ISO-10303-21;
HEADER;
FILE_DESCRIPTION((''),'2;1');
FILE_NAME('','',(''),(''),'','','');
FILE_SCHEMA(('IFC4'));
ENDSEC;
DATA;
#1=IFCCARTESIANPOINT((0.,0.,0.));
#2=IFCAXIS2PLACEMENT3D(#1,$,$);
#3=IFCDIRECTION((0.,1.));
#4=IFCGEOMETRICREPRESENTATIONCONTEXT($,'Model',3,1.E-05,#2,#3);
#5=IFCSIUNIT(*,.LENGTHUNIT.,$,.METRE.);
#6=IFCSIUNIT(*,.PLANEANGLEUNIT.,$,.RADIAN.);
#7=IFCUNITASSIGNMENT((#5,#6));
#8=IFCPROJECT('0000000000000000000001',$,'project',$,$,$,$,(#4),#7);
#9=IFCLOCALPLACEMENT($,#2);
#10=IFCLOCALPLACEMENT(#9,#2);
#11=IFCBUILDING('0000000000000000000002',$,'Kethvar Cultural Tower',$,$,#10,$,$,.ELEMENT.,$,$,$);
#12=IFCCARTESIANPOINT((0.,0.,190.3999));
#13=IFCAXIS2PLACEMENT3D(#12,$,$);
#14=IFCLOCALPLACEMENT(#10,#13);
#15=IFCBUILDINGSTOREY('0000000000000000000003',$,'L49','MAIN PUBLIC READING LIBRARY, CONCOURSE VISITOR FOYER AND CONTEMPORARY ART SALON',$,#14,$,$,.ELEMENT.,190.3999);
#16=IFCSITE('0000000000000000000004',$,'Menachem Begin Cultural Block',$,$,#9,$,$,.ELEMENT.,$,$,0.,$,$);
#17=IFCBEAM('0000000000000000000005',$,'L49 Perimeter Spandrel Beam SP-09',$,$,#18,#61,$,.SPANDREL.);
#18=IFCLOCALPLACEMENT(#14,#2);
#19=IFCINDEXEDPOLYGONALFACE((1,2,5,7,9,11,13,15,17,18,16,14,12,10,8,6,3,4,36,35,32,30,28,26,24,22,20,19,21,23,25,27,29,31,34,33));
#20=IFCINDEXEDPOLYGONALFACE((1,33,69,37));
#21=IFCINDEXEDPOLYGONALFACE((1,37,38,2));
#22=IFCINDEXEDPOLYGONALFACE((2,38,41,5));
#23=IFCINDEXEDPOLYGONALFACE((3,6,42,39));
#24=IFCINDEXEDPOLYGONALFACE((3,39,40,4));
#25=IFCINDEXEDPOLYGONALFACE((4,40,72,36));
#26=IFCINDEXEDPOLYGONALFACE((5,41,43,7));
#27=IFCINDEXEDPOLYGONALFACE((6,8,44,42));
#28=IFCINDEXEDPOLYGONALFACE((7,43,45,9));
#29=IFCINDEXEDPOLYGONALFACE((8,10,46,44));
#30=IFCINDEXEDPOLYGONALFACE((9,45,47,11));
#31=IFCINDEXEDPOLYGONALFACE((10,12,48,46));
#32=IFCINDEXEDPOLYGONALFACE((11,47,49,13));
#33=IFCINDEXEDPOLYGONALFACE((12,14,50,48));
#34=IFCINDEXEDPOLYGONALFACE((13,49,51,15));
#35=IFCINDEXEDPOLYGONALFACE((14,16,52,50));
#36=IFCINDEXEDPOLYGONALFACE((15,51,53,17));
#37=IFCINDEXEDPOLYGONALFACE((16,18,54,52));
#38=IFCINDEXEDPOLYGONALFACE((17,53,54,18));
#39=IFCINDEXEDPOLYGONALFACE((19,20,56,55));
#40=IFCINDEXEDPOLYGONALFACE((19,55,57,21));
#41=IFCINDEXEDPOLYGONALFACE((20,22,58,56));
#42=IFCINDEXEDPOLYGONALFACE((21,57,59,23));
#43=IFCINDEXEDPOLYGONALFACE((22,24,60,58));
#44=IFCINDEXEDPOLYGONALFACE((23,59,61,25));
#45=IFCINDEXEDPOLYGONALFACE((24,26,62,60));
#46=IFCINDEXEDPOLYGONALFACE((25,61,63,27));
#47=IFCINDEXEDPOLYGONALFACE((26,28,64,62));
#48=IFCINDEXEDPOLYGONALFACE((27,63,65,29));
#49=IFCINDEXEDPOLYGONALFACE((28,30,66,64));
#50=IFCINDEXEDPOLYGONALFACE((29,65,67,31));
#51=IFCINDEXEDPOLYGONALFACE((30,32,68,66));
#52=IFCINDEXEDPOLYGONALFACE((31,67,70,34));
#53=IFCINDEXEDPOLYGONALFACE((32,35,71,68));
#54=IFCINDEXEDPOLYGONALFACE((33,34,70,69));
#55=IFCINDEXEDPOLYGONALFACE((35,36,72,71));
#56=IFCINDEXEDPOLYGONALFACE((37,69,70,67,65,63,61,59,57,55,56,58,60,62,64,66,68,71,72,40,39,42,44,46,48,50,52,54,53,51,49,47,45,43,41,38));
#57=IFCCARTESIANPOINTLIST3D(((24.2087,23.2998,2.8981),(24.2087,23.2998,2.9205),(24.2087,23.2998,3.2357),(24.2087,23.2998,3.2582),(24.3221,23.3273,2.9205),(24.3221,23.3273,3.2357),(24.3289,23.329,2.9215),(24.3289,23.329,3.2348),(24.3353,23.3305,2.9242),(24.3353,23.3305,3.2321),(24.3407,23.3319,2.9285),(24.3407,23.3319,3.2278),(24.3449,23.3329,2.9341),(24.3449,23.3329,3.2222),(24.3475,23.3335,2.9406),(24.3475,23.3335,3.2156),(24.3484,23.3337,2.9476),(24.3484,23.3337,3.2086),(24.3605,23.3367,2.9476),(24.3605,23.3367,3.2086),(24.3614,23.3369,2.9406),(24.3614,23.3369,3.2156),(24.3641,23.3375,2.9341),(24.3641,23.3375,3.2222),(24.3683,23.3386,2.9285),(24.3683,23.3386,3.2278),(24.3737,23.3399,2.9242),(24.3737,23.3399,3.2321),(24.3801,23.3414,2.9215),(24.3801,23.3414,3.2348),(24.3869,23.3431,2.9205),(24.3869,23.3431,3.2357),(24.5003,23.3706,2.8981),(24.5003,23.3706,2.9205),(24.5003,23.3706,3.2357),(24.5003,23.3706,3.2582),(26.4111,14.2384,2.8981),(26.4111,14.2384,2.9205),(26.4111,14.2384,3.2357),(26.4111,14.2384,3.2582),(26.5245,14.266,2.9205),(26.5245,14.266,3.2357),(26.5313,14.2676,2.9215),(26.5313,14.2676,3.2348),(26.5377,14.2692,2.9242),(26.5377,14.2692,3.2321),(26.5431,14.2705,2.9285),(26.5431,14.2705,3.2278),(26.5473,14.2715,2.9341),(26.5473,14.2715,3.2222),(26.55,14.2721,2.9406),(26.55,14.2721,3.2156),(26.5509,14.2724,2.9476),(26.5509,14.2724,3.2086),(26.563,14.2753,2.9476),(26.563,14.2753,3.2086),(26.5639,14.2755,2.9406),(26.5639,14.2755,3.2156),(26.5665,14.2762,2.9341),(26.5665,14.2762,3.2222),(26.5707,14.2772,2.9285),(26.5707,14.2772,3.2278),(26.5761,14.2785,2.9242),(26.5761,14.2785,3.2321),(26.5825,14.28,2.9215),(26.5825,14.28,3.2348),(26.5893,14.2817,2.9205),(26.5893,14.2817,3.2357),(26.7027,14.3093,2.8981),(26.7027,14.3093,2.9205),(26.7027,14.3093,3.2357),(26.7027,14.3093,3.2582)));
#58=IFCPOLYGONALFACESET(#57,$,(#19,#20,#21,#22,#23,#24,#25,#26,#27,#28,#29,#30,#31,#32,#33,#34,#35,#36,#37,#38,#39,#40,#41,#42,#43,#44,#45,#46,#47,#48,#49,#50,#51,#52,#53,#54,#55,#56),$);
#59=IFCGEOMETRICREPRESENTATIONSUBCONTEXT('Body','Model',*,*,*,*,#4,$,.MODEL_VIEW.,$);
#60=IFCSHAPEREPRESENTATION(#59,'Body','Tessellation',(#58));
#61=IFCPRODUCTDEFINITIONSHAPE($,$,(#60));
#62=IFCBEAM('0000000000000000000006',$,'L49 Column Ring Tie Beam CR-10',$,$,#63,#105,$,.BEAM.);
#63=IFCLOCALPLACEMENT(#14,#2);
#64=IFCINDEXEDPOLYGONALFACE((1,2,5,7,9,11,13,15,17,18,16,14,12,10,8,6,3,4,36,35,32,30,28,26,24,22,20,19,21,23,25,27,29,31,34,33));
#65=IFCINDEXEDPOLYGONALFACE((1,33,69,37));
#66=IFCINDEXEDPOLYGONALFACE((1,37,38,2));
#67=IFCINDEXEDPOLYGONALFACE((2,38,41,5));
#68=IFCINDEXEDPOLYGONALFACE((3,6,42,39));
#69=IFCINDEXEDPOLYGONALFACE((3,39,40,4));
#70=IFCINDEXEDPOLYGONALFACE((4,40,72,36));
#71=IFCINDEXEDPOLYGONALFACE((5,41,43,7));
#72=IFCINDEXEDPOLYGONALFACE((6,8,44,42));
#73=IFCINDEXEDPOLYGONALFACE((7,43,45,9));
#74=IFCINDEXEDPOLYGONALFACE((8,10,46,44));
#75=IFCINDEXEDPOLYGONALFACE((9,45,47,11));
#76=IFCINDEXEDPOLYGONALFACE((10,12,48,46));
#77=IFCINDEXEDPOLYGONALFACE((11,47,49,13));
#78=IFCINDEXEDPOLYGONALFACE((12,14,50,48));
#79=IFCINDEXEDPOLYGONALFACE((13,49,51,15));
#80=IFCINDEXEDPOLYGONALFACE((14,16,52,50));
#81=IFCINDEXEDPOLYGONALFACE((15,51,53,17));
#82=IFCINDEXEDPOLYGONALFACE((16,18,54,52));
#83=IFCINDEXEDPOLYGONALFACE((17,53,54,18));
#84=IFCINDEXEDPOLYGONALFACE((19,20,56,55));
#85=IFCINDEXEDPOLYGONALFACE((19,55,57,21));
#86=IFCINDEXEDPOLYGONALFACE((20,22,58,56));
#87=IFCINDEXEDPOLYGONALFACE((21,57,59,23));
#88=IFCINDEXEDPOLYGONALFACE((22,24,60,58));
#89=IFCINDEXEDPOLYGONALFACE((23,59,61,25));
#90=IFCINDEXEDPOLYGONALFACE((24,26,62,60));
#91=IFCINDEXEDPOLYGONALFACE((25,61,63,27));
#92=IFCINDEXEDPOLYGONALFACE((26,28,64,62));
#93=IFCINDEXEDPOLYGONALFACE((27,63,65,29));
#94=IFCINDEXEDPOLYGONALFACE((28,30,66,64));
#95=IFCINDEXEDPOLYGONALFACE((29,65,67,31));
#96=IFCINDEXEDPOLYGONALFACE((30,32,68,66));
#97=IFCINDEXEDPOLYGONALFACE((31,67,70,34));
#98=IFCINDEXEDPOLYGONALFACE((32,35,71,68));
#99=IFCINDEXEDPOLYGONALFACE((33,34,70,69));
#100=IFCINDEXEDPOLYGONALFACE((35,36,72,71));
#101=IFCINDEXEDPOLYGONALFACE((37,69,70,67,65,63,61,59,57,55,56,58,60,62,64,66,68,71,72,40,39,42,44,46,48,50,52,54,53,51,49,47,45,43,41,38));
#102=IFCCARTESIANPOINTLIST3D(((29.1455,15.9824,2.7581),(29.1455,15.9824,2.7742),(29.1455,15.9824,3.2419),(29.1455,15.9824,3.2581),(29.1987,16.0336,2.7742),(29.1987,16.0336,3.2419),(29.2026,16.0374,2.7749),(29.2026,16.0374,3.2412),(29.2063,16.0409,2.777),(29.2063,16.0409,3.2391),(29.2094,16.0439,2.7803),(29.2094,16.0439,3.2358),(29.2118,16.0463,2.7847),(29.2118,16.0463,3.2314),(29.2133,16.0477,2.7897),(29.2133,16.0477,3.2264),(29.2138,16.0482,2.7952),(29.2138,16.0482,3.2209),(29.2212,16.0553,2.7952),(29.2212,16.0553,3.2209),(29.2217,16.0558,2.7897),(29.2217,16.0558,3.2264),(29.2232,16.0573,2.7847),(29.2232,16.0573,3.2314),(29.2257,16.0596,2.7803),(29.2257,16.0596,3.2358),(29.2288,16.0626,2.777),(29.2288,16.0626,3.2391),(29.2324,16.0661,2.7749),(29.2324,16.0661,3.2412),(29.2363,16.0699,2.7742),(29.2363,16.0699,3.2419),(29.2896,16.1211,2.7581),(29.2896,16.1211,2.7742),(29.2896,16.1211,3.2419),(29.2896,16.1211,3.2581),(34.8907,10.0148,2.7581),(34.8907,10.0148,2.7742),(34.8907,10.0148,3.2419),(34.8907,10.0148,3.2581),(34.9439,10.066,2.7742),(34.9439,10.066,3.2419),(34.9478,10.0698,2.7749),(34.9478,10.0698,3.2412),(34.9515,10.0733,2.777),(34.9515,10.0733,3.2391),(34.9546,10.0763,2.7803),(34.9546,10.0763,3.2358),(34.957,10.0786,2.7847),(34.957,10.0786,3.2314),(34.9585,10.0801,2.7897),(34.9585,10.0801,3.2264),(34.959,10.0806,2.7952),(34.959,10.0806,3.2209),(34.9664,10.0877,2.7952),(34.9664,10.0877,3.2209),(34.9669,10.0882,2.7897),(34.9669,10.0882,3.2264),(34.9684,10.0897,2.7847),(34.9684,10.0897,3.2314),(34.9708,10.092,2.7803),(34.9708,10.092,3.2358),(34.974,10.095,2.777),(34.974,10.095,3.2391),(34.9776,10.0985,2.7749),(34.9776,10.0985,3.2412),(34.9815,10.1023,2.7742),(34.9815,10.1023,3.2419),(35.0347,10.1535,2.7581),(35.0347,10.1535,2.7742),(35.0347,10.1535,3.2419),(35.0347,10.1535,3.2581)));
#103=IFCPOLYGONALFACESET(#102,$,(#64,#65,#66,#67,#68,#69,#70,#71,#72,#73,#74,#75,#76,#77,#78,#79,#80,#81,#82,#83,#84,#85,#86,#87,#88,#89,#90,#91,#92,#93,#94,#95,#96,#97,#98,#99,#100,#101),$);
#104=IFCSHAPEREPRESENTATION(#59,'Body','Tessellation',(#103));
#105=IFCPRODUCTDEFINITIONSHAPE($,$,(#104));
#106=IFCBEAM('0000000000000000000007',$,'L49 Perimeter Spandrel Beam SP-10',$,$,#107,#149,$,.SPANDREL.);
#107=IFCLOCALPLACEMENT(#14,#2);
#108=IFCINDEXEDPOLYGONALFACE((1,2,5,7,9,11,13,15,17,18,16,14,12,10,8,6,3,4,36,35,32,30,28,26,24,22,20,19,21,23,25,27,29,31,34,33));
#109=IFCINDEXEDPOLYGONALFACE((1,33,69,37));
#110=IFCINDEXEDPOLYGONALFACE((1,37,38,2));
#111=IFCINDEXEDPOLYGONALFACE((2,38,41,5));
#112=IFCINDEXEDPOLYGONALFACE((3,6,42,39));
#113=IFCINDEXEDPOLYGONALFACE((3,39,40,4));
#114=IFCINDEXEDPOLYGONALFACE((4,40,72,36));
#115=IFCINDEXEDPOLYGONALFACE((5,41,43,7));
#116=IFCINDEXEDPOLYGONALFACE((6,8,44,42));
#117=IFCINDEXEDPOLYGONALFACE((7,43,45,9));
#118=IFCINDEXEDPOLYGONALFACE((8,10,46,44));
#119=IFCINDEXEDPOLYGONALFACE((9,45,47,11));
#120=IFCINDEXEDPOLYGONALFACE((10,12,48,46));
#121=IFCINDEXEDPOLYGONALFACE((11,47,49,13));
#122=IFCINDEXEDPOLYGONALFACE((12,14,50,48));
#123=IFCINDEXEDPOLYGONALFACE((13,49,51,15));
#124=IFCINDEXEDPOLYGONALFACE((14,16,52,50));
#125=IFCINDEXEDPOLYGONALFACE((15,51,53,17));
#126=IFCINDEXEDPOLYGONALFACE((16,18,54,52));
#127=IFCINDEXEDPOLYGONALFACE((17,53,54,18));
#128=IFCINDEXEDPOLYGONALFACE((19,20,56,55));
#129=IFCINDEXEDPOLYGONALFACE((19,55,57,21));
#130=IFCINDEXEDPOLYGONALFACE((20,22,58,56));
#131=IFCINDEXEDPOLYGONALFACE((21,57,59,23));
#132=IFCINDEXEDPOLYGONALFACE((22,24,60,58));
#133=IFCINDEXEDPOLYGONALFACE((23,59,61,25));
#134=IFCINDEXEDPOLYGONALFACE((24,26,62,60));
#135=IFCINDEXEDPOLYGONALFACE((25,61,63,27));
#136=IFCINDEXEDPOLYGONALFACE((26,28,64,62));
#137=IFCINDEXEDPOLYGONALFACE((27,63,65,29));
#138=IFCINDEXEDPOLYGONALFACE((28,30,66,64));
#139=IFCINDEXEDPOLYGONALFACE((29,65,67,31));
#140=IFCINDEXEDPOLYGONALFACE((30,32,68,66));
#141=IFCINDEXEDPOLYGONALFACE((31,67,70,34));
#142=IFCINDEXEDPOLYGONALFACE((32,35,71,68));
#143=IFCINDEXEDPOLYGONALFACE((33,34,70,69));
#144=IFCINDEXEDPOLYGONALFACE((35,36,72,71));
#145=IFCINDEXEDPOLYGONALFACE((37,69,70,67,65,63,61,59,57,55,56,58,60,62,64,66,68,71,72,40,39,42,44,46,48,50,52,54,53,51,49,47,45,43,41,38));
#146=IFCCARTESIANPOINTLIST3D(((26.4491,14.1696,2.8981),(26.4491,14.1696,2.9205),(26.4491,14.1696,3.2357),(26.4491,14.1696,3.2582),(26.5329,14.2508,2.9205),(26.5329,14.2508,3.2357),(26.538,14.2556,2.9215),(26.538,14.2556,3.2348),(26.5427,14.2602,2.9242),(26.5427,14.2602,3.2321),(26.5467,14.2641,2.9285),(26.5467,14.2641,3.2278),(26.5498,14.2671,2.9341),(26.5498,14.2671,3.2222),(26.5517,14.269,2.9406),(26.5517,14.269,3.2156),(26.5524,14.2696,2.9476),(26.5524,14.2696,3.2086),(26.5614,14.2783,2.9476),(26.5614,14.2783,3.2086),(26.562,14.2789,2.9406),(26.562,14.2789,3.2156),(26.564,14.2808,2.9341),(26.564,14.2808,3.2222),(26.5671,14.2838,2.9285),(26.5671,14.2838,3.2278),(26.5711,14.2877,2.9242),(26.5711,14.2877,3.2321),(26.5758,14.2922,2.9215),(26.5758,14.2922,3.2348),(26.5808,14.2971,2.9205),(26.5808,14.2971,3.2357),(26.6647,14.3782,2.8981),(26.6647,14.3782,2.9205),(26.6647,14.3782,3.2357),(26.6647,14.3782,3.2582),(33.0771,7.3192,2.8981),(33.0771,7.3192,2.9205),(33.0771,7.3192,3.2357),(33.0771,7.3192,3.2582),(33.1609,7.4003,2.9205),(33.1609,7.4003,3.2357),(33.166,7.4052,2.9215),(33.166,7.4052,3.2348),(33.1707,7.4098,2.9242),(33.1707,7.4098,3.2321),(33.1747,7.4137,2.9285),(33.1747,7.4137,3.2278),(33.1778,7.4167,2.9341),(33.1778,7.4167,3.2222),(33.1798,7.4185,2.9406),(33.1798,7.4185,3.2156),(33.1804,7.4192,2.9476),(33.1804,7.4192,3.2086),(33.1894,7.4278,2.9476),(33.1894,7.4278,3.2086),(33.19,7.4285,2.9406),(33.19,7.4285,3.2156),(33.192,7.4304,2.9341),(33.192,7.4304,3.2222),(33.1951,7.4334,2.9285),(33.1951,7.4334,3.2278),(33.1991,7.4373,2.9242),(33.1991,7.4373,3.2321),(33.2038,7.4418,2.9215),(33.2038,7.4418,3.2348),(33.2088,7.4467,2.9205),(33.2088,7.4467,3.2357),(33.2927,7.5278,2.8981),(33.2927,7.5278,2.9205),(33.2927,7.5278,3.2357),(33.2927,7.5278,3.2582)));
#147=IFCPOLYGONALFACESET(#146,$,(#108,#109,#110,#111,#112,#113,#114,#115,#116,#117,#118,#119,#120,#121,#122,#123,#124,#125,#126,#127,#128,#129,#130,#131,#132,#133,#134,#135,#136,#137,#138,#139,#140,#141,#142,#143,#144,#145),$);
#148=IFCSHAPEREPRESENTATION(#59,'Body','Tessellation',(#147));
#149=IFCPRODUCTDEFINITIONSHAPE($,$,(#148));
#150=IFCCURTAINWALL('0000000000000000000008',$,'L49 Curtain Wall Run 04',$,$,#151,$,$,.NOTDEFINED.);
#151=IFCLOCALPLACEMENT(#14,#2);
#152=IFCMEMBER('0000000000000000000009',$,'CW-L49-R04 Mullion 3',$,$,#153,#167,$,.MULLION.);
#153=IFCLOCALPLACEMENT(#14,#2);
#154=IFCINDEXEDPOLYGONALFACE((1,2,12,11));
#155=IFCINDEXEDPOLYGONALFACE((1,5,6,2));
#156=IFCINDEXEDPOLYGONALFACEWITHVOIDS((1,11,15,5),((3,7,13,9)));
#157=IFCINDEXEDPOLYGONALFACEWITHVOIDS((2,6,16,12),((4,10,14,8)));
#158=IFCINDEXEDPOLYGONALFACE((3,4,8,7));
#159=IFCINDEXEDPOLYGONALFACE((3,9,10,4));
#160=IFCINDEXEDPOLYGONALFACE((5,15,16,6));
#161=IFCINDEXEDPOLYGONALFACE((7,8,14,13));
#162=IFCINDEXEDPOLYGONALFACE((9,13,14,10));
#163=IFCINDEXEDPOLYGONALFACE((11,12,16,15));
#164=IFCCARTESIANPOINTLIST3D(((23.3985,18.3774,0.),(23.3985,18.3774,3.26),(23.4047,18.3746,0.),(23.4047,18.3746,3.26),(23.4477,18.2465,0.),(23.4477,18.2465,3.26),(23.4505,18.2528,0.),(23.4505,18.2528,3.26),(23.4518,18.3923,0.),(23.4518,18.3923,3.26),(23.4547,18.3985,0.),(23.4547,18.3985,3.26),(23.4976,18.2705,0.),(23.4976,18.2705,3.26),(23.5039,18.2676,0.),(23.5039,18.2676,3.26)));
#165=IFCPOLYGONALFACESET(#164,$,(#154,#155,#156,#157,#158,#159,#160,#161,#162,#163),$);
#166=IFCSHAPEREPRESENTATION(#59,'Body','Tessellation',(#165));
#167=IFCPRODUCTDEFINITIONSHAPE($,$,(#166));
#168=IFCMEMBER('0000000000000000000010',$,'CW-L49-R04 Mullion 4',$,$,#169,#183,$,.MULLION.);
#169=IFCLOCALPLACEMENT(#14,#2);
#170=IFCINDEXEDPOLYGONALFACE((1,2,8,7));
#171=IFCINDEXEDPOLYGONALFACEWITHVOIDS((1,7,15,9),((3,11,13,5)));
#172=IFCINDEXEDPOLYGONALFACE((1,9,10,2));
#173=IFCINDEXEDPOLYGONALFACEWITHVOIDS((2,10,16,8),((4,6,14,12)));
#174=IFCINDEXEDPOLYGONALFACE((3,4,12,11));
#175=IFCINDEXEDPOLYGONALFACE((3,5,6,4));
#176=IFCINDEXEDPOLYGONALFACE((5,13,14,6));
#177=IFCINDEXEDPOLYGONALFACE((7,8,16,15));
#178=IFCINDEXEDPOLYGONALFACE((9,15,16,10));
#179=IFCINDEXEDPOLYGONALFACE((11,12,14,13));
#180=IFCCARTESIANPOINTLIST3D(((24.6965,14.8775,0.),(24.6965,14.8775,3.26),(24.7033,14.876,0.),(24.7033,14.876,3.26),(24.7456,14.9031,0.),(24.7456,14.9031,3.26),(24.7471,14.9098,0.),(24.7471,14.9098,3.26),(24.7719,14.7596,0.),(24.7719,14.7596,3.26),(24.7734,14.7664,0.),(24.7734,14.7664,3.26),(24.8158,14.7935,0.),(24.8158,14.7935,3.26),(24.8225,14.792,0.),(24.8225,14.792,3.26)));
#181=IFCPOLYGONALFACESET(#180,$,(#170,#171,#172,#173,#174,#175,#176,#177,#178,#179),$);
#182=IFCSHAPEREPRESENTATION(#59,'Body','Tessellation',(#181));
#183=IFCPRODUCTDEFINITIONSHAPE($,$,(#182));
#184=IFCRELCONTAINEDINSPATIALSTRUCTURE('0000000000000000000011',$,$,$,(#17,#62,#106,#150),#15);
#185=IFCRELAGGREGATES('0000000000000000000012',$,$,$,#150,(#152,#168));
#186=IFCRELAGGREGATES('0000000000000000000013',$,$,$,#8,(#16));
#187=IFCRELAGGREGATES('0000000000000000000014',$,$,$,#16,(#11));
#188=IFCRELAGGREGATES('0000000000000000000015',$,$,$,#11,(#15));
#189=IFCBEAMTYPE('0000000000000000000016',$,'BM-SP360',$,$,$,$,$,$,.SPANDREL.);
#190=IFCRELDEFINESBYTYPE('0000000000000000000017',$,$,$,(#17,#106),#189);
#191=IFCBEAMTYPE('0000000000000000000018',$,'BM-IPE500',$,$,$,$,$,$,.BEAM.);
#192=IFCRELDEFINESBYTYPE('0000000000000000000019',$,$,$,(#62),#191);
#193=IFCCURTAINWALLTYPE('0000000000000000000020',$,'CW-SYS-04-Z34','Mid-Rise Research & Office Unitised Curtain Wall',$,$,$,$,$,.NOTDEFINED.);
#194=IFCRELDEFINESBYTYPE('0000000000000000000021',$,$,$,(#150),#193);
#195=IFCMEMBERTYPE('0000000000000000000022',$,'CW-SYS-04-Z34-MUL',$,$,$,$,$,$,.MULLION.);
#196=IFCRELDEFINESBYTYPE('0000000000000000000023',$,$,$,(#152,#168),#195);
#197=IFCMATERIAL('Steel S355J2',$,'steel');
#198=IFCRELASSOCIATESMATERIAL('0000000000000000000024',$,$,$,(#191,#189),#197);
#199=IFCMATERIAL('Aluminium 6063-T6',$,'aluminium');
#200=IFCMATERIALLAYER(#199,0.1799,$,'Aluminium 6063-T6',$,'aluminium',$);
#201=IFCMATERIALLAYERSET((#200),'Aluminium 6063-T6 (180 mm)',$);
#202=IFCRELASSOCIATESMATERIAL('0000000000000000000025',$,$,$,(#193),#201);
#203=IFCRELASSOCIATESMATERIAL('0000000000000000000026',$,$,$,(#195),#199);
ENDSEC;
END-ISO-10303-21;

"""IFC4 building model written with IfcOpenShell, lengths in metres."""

from ifc_helpers import new_model, si_unit, direction, frame, origin, origin_2d, place, context, subcontext, project, spatial, hollow_rectangle, i_section, extrude, source, transform, mapped, material, layer, layer_set, material_profile, profile_set, type_object, element, aggregate, save


model = new_model("IFC4")

# Units and contexts
model_context = context("Model", 3, precision=1e-05, world=origin(), true_north=direction((0.0, 1.0)))
body_context = subcontext(model_context, "Body", "Model", "MODEL_VIEW")
ifc_project = project(units=[si_unit("LENGTHUNIT", "METRE"), si_unit("PLANEANGLEUNIT", "RADIAN")], contexts=[model_context])

# Site, building, storey
site_placement = place(None, origin())
site = spatial("IfcSite", under=ifc_project, at=site_placement, Name="Menachem Begin Cultural Block", CompositionType="ELEMENT", RefElevation=0.0)
building_placement = place(site_placement, origin())
building = spatial("IfcBuilding", under=site, at=building_placement, Name="Kethvar Cultural Tower", CompositionType="ELEMENT")
storey_placement = place(building_placement, frame((0.0, 0.0, 190.3999)))
storey = spatial("IfcBuildingStorey", under=building, at=storey_placement, Name="L49", Description="MAIN PUBLIC READING LIBRARY, CONCOURSE VISITOR FOYER AND CONTEMPORARY ART SALON", CompositionType="ELEMENT", Elevation=190.3999)

# Beams
ifc_material_1 = material(Name="Steel S355J2", Category="steel")
ifc_material_profile_1 = material_profile(ifc_material_1, i_section(OverallWidth=0.2, OverallDepth=0.5, WebThickness=0.0103, FlangeThickness=0.0161, FilletRadius=0.021, at=origin_2d()), Name="Steel S355J2 — IPE500")
ifc_profile_set_1 = profile_set([ifc_material_profile_1], Name="Steel S355J2 — IPE500")
beam_type_1 = type_object("IfcBeamType", Name="BM-IPE500", PredefinedType="BEAM", material=ifc_profile_set_1)
ifc_material_profile_2 = material_profile(ifc_material_1, i_section(OverallWidth=0.3, OverallDepth=0.3601, WebThickness=0.0125, FlangeThickness=0.0225, FilletRadius=0.0271, at=origin_2d()), Name="Steel S355J2 — HEB360")
ifc_profile_set_2 = profile_set([ifc_material_profile_2], Name="Steel S355J2 — HEB360")
beam_type_2 = type_object("IfcBeamType", Name="BM-SP360", PredefinedType="SPANDREL", material=ifc_profile_set_2)
shared_shape_1 = source(origin(), body_context, "Body", "SweptSolid", [
    extrude(i_section(OverallWidth=0.3, OverallDepth=0.3601, WebThickness=0.0125, FlangeThickness=0.0225, FilletRadius=0.0271, at=origin_2d()), origin(), (0.0, 0.0, 1.0), 9.3252),
])
beam_1_placement = place(storey_placement, frame((24.3545, 23.3352, 3.0781), z_axis=(0.236179, -0.97171, 0.0), x_axis=(0.97171, 0.236179, 0.0)))
element("IfcBeam", 1, at=beam_1_placement, inside=storey, type_object=beam_type_2, Name="L49 Perimeter Spandrel Beam SP-09", PredefinedType="SPANDREL", context=body_context, shape_type="MappedRepresentation", body=[
    mapped(shared_shape_1, transform((0.0, 0.0, 0.0), scale=1.0)),
])
shared_shape_2 = source(origin(), body_context, "Body", "SweptSolid", [
    extrude(i_section(OverallWidth=0.2, OverallDepth=0.5, WebThickness=0.0103, FlangeThickness=0.0161, FilletRadius=0.021, at=origin_2d()), origin(), (0.0, 0.0, 1.0), 8.2837),
])
beam_2_placement = place(storey_placement, frame((29.2175, 16.0518, 3.0081), z_axis=(0.693554, -0.720404, 0.0), x_axis=(0.720404, 0.693554, 0.0)))
element("IfcBeam", 2, at=beam_2_placement, inside=storey, type_object=beam_type_1, Name="L49 Column Ring Tie Beam CR-10", PredefinedType="BEAM", context=body_context, shape_type="MappedRepresentation", body=[
    mapped(shared_shape_2, transform((0.0, 0.0, 0.0), scale=1.0)),
])
shared_shape_3 = source(origin(), body_context, "Body", "SweptSolid", [
    extrude(i_section(OverallWidth=0.3, OverallDepth=0.3601, WebThickness=0.0125, FlangeThickness=0.0225, FilletRadius=0.0271, at=origin_2d()), origin(), (0.0, 0.0, 1.0), 9.532),
])
beam_3_placement = place(storey_placement, frame((26.5569, 14.2739, 3.0781), z_axis=(0.695344, -0.718677, 0.0), x_axis=(0.718677, 0.695344, 0.0)))
element("IfcBeam", 3, at=beam_3_placement, inside=storey, type_object=beam_type_2, Name="L49 Perimeter Spandrel Beam SP-10", PredefinedType="SPANDREL", context=body_context, shape_type="MappedRepresentation", body=[
    mapped(shared_shape_3, transform((0.0, 0.0, 0.0), scale=1.0)),
])

# Curtain wall, members
ifc_material_2 = material(Name="Aluminium 6063-T6", Category="aluminium")
ifc_layer_1 = layer(ifc_material_2, 0.1799, Name="Aluminium 6063-T6", Category="aluminium")
ifc_layer_set_1 = layer_set([ifc_layer_1], Name="Aluminium 6063-T6 (180 mm)")
curtain_wall_type = type_object("IfcCurtainWallType", Name="CW-SYS-04-Z34", Description="Mid-Rise Research & Office Unitised Curtain Wall", PredefinedType="NOTDEFINED", material=ifc_layer_set_1)
curtain_wall_placement = place(storey_placement, origin())
curtain_wall = element("IfcCurtainWall", 4, at=curtain_wall_placement, inside=storey, type_object=curtain_wall_type, Name="L49 Curtain Wall Run 04", PredefinedType="NOTDEFINED")
ifc_material_profile_3 = material_profile(ifc_material_2, hollow_rectangle(XDim=0.0601, YDim=0.1399, WallThickness=0.0049, at=origin_2d()), Name="Aluminium 6063-T6 — RHS140x60x5")
ifc_profile_set_3 = profile_set([ifc_material_profile_3], Name="Aluminium 6063-T6 — RHS140x60x5")
member_type_1 = type_object("IfcMemberType", Name="CW-SYS-04-Z34-MUL", PredefinedType="MULLION", material=ifc_profile_set_3)
shared_shape_4 = source(origin(), body_context, "Body", "SweptSolid", [
    extrude(hollow_rectangle(XDim=0.0601, YDim=0.1399, WallThickness=0.0049, at=origin_2d()), origin(), (0.0, 0.0, 1.0), 3.26),
])
member_1_placement = place(storey_placement, frame((23.4512, 18.3225, 0.0), z_axis=(0.0, 0.0, 1.0), x_axis=(0.936066, 0.351825, 0.0)))
member_1 = element("IfcMember", 5, at=member_1_placement, type_object=member_type_1, Name="CW-L49-R04 Mullion 3", PredefinedType="MULLION", context=body_context, shape_type="MappedRepresentation", body=[
    mapped(shared_shape_4, transform((0.0, 0.0, 0.0), scale=1.0)),
])
member_2_placement = place(storey_placement, frame((24.7595, 14.8347, 0.0), z_axis=(0.0, 0.0, 1.0), x_axis=(0.842358, 0.538918, 0.0)))
member_2 = element("IfcMember", 6, at=member_2_placement, type_object=member_type_1, Name="CW-L49-R04 Mullion 4", PredefinedType="MULLION", context=body_context, shape_type="MappedRepresentation", body=[
    mapped(shared_shape_4, transform((0.0, 0.0, 0.0), scale=1.0)),
])
aggregate(curtain_wall, [member_1, member_2])

save(model, "model.ifc")
